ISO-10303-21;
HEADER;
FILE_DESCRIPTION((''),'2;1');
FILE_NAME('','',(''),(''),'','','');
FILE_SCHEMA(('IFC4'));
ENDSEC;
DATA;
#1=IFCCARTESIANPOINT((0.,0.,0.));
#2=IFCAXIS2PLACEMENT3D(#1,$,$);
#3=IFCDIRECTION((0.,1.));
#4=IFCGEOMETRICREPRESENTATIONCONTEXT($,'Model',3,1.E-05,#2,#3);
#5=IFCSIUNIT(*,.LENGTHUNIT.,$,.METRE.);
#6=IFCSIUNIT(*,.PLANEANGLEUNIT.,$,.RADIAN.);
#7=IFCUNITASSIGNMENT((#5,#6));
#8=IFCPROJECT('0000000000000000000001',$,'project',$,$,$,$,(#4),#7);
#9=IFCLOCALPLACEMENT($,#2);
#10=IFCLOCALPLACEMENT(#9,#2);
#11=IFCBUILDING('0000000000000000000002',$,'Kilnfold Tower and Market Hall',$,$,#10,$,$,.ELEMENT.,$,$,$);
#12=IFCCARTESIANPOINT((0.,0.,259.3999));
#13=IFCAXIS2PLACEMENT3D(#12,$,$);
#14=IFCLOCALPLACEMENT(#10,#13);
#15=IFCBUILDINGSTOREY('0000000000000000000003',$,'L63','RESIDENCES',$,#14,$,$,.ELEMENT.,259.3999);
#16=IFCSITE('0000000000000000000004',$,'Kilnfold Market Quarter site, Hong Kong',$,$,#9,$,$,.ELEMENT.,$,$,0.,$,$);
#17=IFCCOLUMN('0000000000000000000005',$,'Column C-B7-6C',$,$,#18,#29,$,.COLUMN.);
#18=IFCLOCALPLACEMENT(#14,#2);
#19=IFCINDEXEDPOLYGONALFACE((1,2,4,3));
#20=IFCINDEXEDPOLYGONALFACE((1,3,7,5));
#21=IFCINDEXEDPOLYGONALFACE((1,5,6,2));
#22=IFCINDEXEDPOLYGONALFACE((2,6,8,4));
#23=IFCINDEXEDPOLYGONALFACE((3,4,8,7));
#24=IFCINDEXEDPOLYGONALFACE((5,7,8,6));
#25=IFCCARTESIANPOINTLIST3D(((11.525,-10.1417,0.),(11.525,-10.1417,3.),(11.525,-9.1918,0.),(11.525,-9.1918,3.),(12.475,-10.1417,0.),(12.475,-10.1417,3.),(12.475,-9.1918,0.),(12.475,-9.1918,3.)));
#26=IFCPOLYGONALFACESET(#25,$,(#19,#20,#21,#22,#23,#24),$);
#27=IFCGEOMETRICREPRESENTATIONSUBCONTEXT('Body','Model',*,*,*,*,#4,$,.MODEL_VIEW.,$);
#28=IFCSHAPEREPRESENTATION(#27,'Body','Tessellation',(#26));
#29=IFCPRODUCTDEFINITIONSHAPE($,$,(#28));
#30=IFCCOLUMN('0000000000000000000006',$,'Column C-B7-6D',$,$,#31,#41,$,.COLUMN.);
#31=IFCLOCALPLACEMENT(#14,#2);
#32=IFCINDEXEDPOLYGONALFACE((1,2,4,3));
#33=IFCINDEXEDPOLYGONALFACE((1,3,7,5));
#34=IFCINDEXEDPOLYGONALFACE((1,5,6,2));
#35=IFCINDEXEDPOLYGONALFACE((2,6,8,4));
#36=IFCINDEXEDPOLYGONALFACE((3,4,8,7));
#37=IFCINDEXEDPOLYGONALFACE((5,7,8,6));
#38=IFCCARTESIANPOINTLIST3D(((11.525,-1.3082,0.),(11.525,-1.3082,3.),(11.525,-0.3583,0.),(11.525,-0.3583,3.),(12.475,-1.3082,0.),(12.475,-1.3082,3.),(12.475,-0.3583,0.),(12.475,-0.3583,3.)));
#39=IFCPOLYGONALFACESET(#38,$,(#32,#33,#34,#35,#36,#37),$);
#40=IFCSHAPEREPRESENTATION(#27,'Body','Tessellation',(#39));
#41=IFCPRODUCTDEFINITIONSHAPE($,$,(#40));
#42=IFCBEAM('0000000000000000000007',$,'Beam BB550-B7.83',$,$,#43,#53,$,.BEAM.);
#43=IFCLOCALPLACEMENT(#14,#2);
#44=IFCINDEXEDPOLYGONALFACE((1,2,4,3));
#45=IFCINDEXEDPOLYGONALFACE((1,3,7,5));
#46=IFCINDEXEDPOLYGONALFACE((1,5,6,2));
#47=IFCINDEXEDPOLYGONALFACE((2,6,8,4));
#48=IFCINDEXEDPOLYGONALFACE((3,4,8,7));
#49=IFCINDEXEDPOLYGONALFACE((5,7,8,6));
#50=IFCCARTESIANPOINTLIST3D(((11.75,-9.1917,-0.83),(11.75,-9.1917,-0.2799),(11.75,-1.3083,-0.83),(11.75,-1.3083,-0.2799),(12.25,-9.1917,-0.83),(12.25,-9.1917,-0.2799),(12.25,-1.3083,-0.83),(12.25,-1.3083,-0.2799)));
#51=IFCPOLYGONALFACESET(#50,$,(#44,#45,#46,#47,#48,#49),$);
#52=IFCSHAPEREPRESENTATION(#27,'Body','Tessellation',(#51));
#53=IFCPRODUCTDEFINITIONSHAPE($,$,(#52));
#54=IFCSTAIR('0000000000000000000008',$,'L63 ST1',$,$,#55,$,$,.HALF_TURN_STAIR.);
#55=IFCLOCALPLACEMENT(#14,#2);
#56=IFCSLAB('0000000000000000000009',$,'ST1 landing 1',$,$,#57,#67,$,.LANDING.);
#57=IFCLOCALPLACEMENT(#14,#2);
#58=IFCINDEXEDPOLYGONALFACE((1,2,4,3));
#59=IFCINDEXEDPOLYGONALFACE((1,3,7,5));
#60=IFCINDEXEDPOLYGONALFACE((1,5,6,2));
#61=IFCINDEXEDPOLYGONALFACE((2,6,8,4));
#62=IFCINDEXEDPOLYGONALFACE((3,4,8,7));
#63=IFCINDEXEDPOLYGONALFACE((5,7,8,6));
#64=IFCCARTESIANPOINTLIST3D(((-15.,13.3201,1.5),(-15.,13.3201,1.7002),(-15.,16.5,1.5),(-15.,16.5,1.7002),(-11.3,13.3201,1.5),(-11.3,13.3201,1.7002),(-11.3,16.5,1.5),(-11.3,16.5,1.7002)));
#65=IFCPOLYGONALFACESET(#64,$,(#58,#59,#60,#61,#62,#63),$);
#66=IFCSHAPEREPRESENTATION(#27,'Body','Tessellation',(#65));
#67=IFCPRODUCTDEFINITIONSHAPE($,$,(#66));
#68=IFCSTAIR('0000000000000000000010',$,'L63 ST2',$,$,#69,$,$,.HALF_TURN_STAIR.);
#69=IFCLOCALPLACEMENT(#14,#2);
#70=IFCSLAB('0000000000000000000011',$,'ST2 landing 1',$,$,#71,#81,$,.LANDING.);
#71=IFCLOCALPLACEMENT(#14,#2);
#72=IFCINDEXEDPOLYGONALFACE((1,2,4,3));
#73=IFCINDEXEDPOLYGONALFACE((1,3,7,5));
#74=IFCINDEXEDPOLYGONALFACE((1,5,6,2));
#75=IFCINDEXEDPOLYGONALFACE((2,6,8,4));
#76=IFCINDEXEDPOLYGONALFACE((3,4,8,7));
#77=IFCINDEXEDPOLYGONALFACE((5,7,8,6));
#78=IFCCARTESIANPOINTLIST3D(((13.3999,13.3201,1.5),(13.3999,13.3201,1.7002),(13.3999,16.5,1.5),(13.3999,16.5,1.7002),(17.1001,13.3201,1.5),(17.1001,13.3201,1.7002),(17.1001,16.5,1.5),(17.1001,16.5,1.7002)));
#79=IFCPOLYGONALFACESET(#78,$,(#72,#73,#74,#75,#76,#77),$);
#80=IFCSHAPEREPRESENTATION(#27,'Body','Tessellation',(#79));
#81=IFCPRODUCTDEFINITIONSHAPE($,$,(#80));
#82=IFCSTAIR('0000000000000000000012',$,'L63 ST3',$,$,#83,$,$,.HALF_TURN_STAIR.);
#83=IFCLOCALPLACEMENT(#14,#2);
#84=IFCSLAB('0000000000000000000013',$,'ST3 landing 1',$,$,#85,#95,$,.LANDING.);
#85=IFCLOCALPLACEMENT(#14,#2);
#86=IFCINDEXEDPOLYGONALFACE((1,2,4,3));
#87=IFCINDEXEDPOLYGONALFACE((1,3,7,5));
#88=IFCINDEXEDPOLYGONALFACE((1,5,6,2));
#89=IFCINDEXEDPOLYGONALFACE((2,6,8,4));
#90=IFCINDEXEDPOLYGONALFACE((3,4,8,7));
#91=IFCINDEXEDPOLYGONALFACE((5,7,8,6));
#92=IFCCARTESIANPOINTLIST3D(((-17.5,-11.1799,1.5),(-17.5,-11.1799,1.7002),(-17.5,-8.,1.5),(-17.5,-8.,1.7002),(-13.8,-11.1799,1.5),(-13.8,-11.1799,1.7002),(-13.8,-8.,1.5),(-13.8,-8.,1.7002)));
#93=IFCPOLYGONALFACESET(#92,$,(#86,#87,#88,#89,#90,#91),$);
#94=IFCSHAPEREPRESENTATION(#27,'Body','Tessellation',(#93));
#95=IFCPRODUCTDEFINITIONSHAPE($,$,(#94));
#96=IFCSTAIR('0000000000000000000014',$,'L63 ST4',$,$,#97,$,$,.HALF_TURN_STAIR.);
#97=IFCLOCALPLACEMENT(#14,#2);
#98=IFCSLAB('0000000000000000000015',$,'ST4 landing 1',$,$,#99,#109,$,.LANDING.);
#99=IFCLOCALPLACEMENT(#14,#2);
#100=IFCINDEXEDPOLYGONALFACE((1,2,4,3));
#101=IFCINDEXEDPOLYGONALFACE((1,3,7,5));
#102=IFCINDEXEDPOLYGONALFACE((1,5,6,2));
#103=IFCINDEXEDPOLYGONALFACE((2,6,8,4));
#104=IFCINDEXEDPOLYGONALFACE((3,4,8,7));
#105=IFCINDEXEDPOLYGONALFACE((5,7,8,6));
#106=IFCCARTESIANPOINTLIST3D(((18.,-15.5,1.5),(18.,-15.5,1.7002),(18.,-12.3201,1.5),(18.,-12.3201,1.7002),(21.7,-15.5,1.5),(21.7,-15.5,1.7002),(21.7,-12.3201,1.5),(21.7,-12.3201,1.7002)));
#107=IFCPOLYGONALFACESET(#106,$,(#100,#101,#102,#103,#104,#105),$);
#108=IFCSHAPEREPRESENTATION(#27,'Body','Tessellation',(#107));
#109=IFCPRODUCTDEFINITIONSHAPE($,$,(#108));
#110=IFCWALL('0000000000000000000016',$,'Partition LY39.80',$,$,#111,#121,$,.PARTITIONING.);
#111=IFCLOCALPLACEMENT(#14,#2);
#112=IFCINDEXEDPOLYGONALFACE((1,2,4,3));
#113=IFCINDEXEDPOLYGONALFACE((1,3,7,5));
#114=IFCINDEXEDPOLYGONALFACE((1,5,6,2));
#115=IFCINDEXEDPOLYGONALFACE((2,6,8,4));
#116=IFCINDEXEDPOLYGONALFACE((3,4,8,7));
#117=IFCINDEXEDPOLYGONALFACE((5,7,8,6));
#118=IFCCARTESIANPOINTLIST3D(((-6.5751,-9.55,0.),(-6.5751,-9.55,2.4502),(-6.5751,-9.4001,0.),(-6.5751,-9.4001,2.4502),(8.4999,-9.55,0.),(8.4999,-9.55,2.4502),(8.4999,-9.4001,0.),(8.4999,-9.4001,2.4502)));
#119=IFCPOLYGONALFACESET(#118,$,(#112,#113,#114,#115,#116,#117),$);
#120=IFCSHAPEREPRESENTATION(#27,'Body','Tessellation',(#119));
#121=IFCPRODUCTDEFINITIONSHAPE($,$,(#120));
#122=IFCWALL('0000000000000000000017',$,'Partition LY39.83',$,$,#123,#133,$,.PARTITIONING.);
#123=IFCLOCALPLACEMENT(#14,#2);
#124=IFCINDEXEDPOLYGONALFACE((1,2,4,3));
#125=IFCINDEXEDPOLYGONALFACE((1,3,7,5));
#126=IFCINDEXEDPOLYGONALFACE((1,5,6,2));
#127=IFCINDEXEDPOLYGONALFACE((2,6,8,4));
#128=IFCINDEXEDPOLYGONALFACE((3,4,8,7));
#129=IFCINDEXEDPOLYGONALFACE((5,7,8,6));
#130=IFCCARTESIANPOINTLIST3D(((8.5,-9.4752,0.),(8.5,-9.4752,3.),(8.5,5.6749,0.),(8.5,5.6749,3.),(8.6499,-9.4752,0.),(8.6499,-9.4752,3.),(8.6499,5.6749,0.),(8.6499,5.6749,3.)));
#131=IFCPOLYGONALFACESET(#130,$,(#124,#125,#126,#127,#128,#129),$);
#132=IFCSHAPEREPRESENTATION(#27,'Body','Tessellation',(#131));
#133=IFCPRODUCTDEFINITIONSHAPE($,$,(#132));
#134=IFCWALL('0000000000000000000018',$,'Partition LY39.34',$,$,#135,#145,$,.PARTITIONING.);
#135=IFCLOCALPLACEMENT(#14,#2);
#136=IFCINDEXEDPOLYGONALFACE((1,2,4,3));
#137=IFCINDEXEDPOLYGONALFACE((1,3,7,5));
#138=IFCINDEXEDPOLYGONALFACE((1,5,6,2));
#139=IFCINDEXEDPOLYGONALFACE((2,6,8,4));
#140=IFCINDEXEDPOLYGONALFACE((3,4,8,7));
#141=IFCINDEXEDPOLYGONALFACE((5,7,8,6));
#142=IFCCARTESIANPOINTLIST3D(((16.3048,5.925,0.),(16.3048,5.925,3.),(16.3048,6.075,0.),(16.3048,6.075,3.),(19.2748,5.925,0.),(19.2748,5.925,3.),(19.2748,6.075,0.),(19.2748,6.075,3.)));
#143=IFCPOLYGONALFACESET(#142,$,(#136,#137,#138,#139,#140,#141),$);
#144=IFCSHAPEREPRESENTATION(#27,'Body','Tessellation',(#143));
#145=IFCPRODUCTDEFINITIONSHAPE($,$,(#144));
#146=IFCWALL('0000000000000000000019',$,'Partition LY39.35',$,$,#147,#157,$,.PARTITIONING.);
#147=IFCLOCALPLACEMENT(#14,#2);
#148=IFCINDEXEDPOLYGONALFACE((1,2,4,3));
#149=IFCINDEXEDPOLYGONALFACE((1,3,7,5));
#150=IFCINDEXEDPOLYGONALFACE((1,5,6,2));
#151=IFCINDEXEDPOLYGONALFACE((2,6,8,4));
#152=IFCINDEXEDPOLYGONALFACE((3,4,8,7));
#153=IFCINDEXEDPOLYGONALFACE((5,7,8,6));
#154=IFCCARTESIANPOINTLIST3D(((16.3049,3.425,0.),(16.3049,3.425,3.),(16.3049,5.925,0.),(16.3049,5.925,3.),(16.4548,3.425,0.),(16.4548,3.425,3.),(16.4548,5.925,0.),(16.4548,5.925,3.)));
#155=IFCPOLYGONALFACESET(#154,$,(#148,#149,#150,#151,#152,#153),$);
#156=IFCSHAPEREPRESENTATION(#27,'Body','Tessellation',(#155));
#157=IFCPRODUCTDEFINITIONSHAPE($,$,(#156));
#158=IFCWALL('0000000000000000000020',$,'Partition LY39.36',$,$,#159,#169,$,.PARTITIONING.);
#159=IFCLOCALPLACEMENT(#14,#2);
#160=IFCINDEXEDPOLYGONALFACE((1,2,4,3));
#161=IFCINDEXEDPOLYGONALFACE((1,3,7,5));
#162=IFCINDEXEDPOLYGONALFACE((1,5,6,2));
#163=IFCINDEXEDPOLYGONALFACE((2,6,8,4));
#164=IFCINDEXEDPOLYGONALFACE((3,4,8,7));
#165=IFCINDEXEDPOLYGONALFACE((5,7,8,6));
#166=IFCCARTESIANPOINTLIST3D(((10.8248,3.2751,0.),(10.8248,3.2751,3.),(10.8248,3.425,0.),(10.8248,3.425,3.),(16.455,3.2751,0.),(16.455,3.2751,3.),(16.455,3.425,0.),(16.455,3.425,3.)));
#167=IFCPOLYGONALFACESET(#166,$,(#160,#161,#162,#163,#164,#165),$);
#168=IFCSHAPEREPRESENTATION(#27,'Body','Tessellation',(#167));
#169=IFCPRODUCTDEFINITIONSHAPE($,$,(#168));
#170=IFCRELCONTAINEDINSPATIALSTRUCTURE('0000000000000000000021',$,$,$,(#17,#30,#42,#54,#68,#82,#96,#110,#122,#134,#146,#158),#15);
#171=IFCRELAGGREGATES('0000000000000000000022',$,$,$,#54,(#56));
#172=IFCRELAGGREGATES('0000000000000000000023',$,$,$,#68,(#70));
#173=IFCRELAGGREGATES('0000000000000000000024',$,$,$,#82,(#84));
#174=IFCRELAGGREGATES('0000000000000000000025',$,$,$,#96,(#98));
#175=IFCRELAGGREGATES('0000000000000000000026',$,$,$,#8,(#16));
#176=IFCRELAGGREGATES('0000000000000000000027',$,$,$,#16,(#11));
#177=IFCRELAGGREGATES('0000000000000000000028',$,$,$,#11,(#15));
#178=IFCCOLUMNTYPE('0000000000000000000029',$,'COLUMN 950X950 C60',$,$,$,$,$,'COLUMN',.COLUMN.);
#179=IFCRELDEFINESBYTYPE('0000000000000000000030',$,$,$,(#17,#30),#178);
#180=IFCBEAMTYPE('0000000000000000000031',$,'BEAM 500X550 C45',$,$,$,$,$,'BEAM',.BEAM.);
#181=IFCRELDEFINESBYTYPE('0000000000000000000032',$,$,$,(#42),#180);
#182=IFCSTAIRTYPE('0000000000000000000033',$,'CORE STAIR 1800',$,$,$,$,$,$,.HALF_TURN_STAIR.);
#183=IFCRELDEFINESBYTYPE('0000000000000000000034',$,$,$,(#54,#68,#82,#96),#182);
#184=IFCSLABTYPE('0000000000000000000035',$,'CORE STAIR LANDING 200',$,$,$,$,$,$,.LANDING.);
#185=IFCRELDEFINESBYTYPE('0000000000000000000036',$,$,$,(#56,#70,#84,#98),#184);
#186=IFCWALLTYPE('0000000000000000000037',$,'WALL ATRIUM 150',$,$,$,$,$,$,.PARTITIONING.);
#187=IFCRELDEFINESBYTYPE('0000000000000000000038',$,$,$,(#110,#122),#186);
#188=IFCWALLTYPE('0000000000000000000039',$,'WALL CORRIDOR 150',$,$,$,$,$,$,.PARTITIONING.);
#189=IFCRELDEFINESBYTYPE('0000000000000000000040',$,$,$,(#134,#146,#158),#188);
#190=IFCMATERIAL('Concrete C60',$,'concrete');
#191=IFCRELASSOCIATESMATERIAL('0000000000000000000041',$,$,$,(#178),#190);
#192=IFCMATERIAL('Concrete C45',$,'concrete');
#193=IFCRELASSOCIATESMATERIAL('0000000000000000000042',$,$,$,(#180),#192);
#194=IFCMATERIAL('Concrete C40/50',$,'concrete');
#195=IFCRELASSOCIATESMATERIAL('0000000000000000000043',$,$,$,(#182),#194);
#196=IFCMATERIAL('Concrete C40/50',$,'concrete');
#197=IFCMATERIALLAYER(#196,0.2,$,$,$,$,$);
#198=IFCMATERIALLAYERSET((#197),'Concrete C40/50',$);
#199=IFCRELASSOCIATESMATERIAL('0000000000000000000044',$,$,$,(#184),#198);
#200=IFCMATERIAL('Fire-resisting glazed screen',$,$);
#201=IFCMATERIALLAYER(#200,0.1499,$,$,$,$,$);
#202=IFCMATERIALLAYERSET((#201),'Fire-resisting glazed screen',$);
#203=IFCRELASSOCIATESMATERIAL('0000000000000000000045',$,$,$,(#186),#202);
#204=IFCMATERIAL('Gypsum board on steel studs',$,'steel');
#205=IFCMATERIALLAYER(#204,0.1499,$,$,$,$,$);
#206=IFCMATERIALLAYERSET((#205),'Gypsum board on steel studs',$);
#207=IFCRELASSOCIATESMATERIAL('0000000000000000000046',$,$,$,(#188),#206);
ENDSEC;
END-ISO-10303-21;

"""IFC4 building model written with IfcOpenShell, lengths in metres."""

from ifc_helpers import new_model, si_unit, direction, frame, frame_2d, origin, origin_2d, place, context, subcontext, project, spatial, polyline, rectangle, outline, extrude, source, transform, mapped, material, layer, layer_set, material_profile, profile_set, type_object, element, aggregate, save


model = new_model("IFC4")

# Units and contexts
model_context = context("Model", 3, precision=1e-05, world=origin(), true_north=direction((0.0, 1.0)))
body_context = subcontext(model_context, "Body", "Model", "MODEL_VIEW")
ifc_project = project(units=[si_unit("LENGTHUNIT", "METRE"), si_unit("PLANEANGLEUNIT", "RADIAN")], contexts=[model_context])

# Site, building, storey
site_placement = place(None, origin())
site = spatial("IfcSite", under=ifc_project, at=site_placement, Name="Kilnfold Market Quarter site, Hong Kong", CompositionType="ELEMENT", RefElevation=0.0)
building_placement = place(site_placement, origin())
building = spatial("IfcBuilding", under=site, at=building_placement, Name="Kilnfold Tower and Market Hall", CompositionType="ELEMENT")
storey_placement = place(building_placement, frame((0.0, 0.0, 259.3999)))
storey = spatial("IfcBuildingStorey", under=building, at=storey_placement, Name="L63", Description="RESIDENCES", CompositionType="ELEMENT", Elevation=259.3999)

# Columns
ifc_material_1 = material(Name="Concrete C60", Category="concrete")
ifc_material_profile_1 = material_profile(ifc_material_1, rectangle(XDim=0.95, YDim=0.95, at=origin_2d()), Name="RC 950x950")
ifc_profile_set_1 = profile_set([ifc_material_profile_1], Name="Concrete C60")
column_type = type_object("IfcColumnType", Name="COLUMN 950X950 C60", ElementType="COLUMN", PredefinedType="COLUMN", material=ifc_profile_set_1)
shared_shape_1 = source(origin(), body_context, "Body", "SweptSolid", [
    extrude(rectangle(XDim=0.95, YDim=0.95, at=origin_2d()), origin(), (0.0, 0.0, 1.0), 3.0),
])
for number, where, z_axis, x_axis, name in (
    (1, (12.0, -9.6667, 0.0), (0.0, 0.0, 1.0), (1.0, 0.0, 0.0), "Column C-B7-6C"),
    (2, (12.0, -0.8333, 0.0), (0.0, 0.0, 1.0), (1.0, 0.0, 0.0), "Column C-B7-6D"),
):
    element("IfcColumn", number, at=place(storey_placement, frame(where, z_axis=z_axis, x_axis=x_axis)), inside=storey, type_object=column_type, Name=name, PredefinedType="COLUMN", context=body_context, shape_type="MappedRepresentation", body=[
        mapped(shared_shape_1, transform((0.0, 0.0, 0.0))),
    ])

# Beam
ifc_material_2 = material(Name="Concrete C45", Category="concrete")
ifc_material_profile_2 = material_profile(ifc_material_2, rectangle(XDim=0.5, YDim=0.55, at=origin_2d()), Name="RC 500x550")
ifc_profile_set_2 = profile_set([ifc_material_profile_2], Name="Concrete C45")
beam_type = type_object("IfcBeamType", Name="BEAM 500X550 C45", ElementType="BEAM", PredefinedType="BEAM", material=ifc_profile_set_2)
shared_shape_2 = source(origin(), body_context, "Body", "SweptSolid", [
    extrude(rectangle(XDim=0.5, YDim=0.55, at=origin_2d()), origin(), (0.0, 0.0, 1.0), 7.8833),
])
beam_placement = place(storey_placement, frame((12.0, -9.1917, -0.5549), z_axis=(0.0, 1.0, 0.0), x_axis=(-1.0, 0.0, 0.0)))
element("IfcBeam", 3, at=beam_placement, inside=storey, type_object=beam_type, Name="Beam BB550-B7.83", PredefinedType="BEAM", context=body_context, shape_type="MappedRepresentation", body=[
    mapped(shared_shape_2, transform((0.0, 0.0, 0.0))),
])

# Stairs, slabs
ifc_material_3 = material(Name="Concrete C40/50", Category="concrete")
stair_type = type_object("IfcStairType", Name="CORE STAIR 1800", PredefinedType="HALF_TURN_STAIR", material=ifc_material_3)
stair_1_placement = place(storey_placement, origin())
stair_1 = element("IfcStair", 4, at=stair_1_placement, inside=storey, type_object=stair_type, Name="L63 ST1", PredefinedType="HALF_TURN_STAIR")
ifc_material_4 = material(Name="Concrete C40/50", Category="concrete")
ifc_layer_1 = layer(ifc_material_4, 0.2)
ifc_layer_set_1 = layer_set([ifc_layer_1], Name="Concrete C40/50")
slab_type = type_object("IfcSlabType", Name="CORE STAIR LANDING 200", PredefinedType="LANDING", material=ifc_layer_set_1)
shared_shape_3 = source(origin(), body_context, "Body", "SweptSolid", [
    extrude(outline(polyline([(-11.3, 13.3201), (-11.3, 16.5), (-15.0, 16.5), (-15.0, 13.3201), (-11.3, 13.3201)])), origin(), (0.0, 0.0, 1.0), 0.2002),
])
slab_1_placement = place(storey_placement, frame((0.0, 0.0, 1.5)))
slab_1 = element("IfcSlab", 5, at=slab_1_placement, type_object=slab_type, Name="ST1 landing 1", PredefinedType="LANDING", context=body_context, shape_type="MappedRepresentation", body=[
    mapped(shared_shape_3, transform((0.0, 0.0, 0.0))),
])
aggregate(stair_1, [slab_1])
stair_2_placement = place(storey_placement, origin())
stair_2 = element("IfcStair", 6, at=stair_2_placement, inside=storey, type_object=stair_type, Name="L63 ST2", PredefinedType="HALF_TURN_STAIR")
shared_shape_4 = source(origin(), body_context, "Body", "SweptSolid", [
    extrude(outline(polyline([(17.1001, 13.3201), (17.1001, 16.5), (13.3999, 16.5), (13.3999, 13.3201), (17.1001, 13.3201)])), origin(), (0.0, 0.0, 1.0), 0.2002),
])
slab_2_placement = place(storey_placement, frame((0.0, 0.0, 1.5)))
slab_2 = element("IfcSlab", 7, at=slab_2_placement, type_object=slab_type, Name="ST2 landing 1", PredefinedType="LANDING", context=body_context, shape_type="MappedRepresentation", body=[
    mapped(shared_shape_4, transform((0.0, 0.0, 0.0))),
])
aggregate(stair_2, [slab_2])
stair_3_placement = place(storey_placement, origin())
stair_3 = element("IfcStair", 8, at=stair_3_placement, inside=storey, type_object=stair_type, Name="L63 ST3", PredefinedType="HALF_TURN_STAIR")
shared_shape_5 = source(origin(), body_context, "Body", "SweptSolid", [
    extrude(outline(polyline([(-13.8, -11.1799), (-13.8, -8.0), (-17.5, -8.0), (-17.5, -11.1799), (-13.8, -11.1799)])), origin(), (0.0, 0.0, 1.0), 0.2002),
])
slab_3_placement = place(storey_placement, frame((0.0, 0.0, 1.5)))
slab_3 = element("IfcSlab", 9, at=slab_3_placement, type_object=slab_type, Name="ST3 landing 1", PredefinedType="LANDING", context=body_context, shape_type="MappedRepresentation", body=[
    mapped(shared_shape_5, transform((0.0, 0.0, 0.0))),
])
aggregate(stair_3, [slab_3])
stair_4_placement = place(storey_placement, origin())
stair_4 = element("IfcStair", 10, at=stair_4_placement, inside=storey, type_object=stair_type, Name="L63 ST4", PredefinedType="HALF_TURN_STAIR")
shared_shape_6 = source(origin(), body_context, "Body", "SweptSolid", [
    extrude(outline(polyline([(18.0, -12.3201), (18.0, -15.5), (21.7, -15.5), (21.7, -12.3201), (18.0, -12.3201)])), origin(), (0.0, 0.0, 1.0), 0.2002),
])
slab_4_placement = place(storey_placement, frame((0.0, 0.0, 1.5)))
slab_4 = element("IfcSlab", 11, at=slab_4_placement, type_object=slab_type, Name="ST4 landing 1", PredefinedType="LANDING", context=body_context, shape_type="MappedRepresentation", body=[
    mapped(shared_shape_6, transform((0.0, 0.0, 0.0))),
])
aggregate(stair_4, [slab_4])

# Walls
ifc_material_5 = material(Name="Fire-resisting glazed screen")
ifc_layer_2 = layer(ifc_material_5, 0.1499)
ifc_layer_set_2 = layer_set([ifc_layer_2], Name="Fire-resisting glazed screen")
wall_type_1 = type_object("IfcWallType", Name="WALL ATRIUM 150", PredefinedType="PARTITIONING", material=ifc_layer_set_2)
wall_1_placement = place(storey_placement, frame((8.5, -9.4751, 0.0), z_axis=(0.0, 0.0, 1.0), x_axis=(-1.0, 0.0, 0.0)))
element("IfcWall", 12, at=wall_1_placement, inside=storey, type_object=wall_type_1, Name="Partition LY39.80", PredefinedType="PARTITIONING", context=body_context, shape_type="SweptSolid", body=[
    extrude(rectangle(XDim=15.075, YDim=0.1499, at=frame_2d((7.5376, 0.0))), origin(), (0.0, 0.0, 1.0), 2.4502),
])
wall_2_placement = place(storey_placement, frame((8.575, 5.675, 0.0), z_axis=(0.0, 0.0, 1.0), x_axis=(0.0, -1.0, 0.0)))
element("IfcWall", 13, at=wall_2_placement, inside=storey, type_object=wall_type_1, Name="Partition LY39.83", PredefinedType="PARTITIONING", context=body_context, shape_type="SweptSolid", body=[
    extrude(rectangle(XDim=15.1501, YDim=0.1499, at=frame_2d((7.5752, 0.0))), origin(), (0.0, 0.0, 1.0), 3.0),
])
ifc_material_6 = material(Name="Gypsum board on steel studs", Category="steel")
ifc_layer_3 = layer(ifc_material_6, 0.1499)
ifc_layer_set_3 = layer_set([ifc_layer_3], Name="Gypsum board on steel studs")
wall_type_2 = type_object("IfcWallType", Name="WALL CORRIDOR 150", PredefinedType="PARTITIONING", material=ifc_layer_set_3)
wall_3_placement = place(storey_placement, frame((16.3049, 6.0, 0.0), z_axis=(0.0, 0.0, 1.0), x_axis=(1.0, 0.0, 0.0)))
element("IfcWall", 14, at=wall_3_placement, inside=storey, type_object=wall_type_2, Name="Partition LY39.34", PredefinedType="PARTITIONING", context=body_context, shape_type="SweptSolid", body=[
    extrude(rectangle(XDim=2.97, YDim=0.1499, at=frame_2d((1.4849, 0.0))), origin(), (0.0, 0.0, 1.0), 3.0),
])
wall_4_placement = place(storey_placement, frame((16.3799, 3.425, 0.0), z_axis=(0.0, 0.0, 1.0), x_axis=(0.0, 1.0, 0.0)))
element("IfcWall", 15, at=wall_4_placement, inside=storey, type_object=wall_type_2, Name="Partition LY39.35", PredefinedType="PARTITIONING", context=body_context, shape_type="SweptSolid", body=[
    extrude(rectangle(XDim=2.5, YDim=0.1499, at=frame_2d((1.25, 0.0))), origin(), (0.0, 0.0, 1.0), 3.0),
])
wall_5_placement = place(storey_placement, frame((10.825, 3.3501, 0.0), z_axis=(0.0, 0.0, 1.0), x_axis=(1.0, 0.0, 0.0)))
element("IfcWall", 16, at=wall_5_placement, inside=storey, type_object=wall_type_2, Name="Partition LY39.36", PredefinedType="PARTITIONING", context=body_context, shape_type="SweptSolid", body=[
    extrude(rectangle(XDim=5.6301, YDim=0.1499, at=frame_2d((2.8149, 0.0))), origin(), (0.0, 0.0, 1.0), 3.0),
])

save(model, "model.ifc")
